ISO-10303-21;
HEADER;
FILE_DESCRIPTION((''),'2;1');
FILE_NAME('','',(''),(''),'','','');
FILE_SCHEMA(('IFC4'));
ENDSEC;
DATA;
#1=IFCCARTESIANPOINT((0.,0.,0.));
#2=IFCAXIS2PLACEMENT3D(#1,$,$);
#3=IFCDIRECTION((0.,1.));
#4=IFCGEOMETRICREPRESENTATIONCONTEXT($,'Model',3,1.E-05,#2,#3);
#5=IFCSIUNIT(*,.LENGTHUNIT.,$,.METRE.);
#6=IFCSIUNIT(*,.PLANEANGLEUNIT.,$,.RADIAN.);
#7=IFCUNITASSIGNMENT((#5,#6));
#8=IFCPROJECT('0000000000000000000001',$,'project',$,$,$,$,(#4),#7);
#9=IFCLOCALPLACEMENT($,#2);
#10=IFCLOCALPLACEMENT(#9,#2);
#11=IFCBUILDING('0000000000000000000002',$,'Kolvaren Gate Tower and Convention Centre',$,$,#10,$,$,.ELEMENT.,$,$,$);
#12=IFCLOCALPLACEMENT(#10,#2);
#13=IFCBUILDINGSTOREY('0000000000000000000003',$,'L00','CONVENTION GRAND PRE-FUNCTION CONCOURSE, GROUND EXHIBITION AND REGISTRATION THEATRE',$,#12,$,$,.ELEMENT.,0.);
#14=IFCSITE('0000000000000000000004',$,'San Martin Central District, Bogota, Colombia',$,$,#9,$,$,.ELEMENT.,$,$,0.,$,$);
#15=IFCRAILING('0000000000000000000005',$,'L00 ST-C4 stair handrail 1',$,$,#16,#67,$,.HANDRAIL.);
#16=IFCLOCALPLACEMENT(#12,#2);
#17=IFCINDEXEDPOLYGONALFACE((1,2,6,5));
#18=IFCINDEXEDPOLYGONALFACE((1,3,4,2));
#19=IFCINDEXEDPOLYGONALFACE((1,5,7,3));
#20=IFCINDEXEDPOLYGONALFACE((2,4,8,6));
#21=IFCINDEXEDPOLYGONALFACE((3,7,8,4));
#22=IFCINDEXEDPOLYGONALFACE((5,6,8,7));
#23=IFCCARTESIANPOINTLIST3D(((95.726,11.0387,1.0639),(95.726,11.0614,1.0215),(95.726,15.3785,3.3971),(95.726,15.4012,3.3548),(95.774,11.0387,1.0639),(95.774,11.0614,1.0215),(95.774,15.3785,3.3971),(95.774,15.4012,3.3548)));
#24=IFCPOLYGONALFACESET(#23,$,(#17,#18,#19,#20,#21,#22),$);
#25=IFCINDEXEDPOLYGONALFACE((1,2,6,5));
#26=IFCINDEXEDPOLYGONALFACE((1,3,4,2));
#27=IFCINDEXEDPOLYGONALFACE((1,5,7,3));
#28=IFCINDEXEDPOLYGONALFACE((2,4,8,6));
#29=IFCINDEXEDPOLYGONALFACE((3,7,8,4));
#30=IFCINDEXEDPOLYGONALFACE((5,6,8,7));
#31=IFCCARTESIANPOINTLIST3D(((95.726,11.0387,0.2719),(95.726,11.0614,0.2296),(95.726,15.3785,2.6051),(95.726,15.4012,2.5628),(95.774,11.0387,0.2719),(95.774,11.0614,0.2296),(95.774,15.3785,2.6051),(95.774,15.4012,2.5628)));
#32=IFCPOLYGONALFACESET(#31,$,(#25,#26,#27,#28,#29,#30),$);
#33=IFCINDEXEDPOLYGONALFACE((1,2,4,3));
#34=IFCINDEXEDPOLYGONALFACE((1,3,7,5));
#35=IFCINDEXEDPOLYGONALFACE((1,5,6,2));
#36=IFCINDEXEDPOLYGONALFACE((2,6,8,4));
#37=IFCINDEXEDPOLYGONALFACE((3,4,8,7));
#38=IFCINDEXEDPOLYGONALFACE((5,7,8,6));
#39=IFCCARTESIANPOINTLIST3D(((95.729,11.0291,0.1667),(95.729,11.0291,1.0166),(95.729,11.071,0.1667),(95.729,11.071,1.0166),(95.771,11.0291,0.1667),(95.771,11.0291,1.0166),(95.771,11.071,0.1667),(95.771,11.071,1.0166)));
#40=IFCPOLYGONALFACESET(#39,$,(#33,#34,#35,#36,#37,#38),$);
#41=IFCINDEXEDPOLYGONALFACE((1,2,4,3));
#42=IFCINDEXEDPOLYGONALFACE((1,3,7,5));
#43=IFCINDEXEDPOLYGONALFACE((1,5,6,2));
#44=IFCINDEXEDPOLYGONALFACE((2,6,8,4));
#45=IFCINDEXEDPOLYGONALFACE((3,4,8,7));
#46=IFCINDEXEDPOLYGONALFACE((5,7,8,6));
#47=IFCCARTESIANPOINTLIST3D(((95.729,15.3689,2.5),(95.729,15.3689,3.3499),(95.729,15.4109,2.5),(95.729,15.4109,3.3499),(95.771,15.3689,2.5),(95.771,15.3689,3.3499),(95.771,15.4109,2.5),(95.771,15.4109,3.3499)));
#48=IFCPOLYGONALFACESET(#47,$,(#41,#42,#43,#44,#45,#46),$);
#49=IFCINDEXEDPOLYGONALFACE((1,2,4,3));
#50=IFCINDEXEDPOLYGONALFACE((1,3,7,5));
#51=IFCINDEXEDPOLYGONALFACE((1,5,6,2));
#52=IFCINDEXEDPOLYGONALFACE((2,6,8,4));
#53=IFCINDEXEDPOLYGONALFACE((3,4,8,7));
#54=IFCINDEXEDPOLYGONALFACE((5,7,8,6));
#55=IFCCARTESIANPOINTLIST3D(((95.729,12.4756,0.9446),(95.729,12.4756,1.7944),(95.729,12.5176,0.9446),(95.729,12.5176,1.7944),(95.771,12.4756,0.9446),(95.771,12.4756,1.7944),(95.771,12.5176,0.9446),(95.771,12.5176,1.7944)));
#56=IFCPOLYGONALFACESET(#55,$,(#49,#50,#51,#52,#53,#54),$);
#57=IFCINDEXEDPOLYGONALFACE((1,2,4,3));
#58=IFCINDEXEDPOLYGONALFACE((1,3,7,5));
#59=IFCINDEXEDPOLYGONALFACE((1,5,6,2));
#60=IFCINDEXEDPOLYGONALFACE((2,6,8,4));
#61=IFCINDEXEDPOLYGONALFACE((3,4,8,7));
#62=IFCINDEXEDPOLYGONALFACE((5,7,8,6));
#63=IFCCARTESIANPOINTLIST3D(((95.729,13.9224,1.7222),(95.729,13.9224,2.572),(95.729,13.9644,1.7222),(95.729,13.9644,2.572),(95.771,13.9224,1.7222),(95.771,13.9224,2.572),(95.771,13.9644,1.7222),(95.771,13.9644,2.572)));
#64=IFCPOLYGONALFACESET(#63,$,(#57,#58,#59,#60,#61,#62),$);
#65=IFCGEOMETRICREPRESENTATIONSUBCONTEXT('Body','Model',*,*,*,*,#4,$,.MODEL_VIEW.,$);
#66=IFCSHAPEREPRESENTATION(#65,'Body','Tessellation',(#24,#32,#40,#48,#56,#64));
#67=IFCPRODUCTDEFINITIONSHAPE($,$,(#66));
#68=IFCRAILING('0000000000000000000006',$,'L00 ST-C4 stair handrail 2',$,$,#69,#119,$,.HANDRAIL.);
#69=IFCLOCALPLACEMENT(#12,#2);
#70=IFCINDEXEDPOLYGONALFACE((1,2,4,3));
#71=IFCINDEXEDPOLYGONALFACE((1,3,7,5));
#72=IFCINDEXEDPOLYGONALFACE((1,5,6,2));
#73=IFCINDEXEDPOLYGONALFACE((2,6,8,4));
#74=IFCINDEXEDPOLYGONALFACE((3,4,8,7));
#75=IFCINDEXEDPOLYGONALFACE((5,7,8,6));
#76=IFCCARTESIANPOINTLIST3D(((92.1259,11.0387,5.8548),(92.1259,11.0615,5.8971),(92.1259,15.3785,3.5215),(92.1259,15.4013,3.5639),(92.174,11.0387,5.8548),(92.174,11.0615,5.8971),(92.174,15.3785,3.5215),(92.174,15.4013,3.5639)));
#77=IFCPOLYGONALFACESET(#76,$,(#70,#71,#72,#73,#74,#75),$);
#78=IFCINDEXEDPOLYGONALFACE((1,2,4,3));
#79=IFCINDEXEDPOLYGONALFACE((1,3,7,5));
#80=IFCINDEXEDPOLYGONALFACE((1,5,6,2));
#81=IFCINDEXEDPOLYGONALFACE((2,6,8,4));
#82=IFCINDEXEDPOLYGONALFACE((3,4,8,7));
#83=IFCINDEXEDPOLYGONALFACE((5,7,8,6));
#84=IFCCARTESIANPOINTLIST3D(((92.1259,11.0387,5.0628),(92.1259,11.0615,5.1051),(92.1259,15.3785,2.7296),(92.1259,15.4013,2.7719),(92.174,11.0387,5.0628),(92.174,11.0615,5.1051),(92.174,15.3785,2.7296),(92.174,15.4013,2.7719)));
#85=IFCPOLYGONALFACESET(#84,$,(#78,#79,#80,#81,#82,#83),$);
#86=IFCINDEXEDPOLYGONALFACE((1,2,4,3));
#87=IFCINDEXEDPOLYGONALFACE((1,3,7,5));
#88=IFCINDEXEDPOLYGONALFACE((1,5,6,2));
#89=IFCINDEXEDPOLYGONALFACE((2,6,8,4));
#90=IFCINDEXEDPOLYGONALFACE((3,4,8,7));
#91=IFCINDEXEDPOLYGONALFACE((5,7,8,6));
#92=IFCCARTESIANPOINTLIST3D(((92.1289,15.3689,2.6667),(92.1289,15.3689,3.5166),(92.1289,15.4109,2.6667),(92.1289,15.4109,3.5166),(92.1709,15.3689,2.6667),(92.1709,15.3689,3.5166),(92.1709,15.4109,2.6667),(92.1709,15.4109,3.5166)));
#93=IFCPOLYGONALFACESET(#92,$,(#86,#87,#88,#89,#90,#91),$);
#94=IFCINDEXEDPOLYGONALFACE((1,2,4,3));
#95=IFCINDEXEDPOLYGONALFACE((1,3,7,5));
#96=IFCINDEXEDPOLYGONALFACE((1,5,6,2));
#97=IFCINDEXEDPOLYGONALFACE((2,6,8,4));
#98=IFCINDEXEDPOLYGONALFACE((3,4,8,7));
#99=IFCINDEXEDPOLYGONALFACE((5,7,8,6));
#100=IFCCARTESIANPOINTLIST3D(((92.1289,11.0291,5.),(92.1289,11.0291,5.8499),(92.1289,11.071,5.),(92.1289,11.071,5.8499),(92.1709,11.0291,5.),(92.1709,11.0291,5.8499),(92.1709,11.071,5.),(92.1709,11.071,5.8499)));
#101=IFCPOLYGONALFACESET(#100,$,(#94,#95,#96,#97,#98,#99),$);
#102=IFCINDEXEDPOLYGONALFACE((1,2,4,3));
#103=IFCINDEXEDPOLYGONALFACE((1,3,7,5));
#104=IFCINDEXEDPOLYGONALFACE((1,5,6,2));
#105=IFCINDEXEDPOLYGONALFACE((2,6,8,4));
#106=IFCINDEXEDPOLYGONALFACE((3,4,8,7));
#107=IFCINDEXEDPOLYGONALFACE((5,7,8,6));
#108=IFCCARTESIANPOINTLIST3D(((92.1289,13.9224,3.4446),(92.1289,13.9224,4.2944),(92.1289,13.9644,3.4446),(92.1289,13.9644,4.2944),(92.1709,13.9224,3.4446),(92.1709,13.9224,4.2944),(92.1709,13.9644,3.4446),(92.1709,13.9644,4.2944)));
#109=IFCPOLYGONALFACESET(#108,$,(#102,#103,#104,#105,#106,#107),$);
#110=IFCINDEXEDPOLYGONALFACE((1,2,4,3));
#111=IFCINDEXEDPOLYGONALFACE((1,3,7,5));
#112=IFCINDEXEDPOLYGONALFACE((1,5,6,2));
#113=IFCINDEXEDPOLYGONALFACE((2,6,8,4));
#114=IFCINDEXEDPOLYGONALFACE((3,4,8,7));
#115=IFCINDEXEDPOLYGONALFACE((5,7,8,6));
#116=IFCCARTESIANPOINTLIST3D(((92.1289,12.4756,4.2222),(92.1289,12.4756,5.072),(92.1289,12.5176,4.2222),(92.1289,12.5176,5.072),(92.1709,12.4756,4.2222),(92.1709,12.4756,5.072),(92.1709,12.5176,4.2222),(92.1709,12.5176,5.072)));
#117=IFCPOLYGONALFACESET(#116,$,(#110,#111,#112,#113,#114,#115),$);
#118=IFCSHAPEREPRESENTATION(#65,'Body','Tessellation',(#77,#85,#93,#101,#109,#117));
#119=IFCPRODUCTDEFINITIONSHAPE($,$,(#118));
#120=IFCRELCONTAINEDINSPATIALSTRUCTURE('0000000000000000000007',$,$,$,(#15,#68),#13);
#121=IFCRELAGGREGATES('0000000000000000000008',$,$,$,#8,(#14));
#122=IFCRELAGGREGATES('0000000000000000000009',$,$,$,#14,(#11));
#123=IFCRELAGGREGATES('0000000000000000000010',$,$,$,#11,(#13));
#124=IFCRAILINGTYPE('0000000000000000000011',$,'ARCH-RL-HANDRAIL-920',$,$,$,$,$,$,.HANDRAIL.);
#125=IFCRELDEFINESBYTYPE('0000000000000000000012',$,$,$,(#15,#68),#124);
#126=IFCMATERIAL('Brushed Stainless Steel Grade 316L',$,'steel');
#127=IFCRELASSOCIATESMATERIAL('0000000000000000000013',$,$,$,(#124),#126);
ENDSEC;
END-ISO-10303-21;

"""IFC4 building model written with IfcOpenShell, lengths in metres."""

from ifc_helpers import new_model, si_unit, direction, frame, origin, origin_2d, place, context, subcontext, project, spatial, rectangle, extrude, material, type_object, element, save


model = new_model("IFC4")

# Units and contexts
model_context = context("Model", 3, precision=1e-05, world=origin(), true_north=direction((0.0, 1.0)))
body_context = subcontext(model_context, "Body", "Model", "MODEL_VIEW")
ifc_project = project(units=[si_unit("LENGTHUNIT", "METRE"), si_unit("PLANEANGLEUNIT", "RADIAN")], contexts=[model_context])

# Site, building, storey
site_placement = place(None, origin())
site = spatial("IfcSite", under=ifc_project, at=site_placement, Name="San Martin Central District, Bogota, Colombia", CompositionType="ELEMENT", RefElevation=0.0)
building_placement = place(site_placement, origin())
building = spatial("IfcBuilding", under=site, at=building_placement, Name="Kolvaren Gate Tower and Convention Centre", CompositionType="ELEMENT")
storey_placement = place(building_placement, origin())
storey = spatial("IfcBuildingStorey", under=building, at=storey_placement, Name="L00", Description="CONVENTION GRAND PRE-FUNCTION CONCOURSE, GROUND EXHIBITION AND REGISTRATION THEATRE", CompositionType="ELEMENT", Elevation=0.0)

# Railings
ifc_material_1 = material(Name="Brushed Stainless Steel Grade 316L", Category="steel")
railing_type_1 = type_object("IfcRailingType", Name="ARCH-RL-HANDRAIL-920", PredefinedType="HANDRAIL", material=ifc_material_1)
railing_1_placement = place(storey_placement, frame((95.75, 11.05, 0.1667)))
element("IfcRailing", 1, at=railing_1_placement, inside=storey, type_object=railing_type_1, Name="L00 ST-C4 stair handrail 1", PredefinedType="HANDRAIL", context=body_context, shape_type="SweptSolid", body=[
    extrude(rectangle(XDim=0.0481, YDim=0.0481, at=origin_2d()), frame((0.0, 0.0, 0.876), z_axis=(0.0, 0.880775, 0.473535), x_axis=(-1.0, 0.0, 0.0)), (0.0, 0.0, 1.0), 4.9272),
    extrude(rectangle(XDim=0.0481, YDim=0.0481, at=origin_2d()), frame((0.0, 0.0, 0.084), z_axis=(0.0, 0.880775, 0.473535), x_axis=(-1.0, 0.0, 0.0)), (0.0, 0.0, 1.0), 4.9272),
    extrude(rectangle(XDim=0.042, YDim=0.042, at=origin_2d()), origin(), (0.0, 0.0, 1.0), 0.8499),
    extrude(rectangle(XDim=0.042, YDim=0.042, at=origin_2d()), frame((0.0, 4.3398, 2.3333)), (0.0, 0.0, 1.0), 0.8499),
    extrude(rectangle(XDim=0.042, YDim=0.042, at=origin_2d()), frame((0.0, 1.4465, 0.7778)), (0.0, 0.0, 1.0), 0.8499),
    extrude(rectangle(XDim=0.042, YDim=0.042, at=origin_2d()), frame((0.0, 2.8933, 1.5554)), (0.0, 0.0, 1.0), 0.8499),
])
railing_2_placement = place(storey_placement, frame((92.1499, 15.3899, 2.6667)))
element("IfcRailing", 2, at=railing_2_placement, inside=storey, type_object=railing_type_1, Name="L00 ST-C4 stair handrail 2", PredefinedType="HANDRAIL", context=body_context, shape_type="SweptSolid", body=[
    extrude(rectangle(XDim=0.0481, YDim=0.0481, at=origin_2d()), frame((0.0, 0.0, 0.876), z_axis=(0.0, -0.880775, 0.473535), x_axis=(1.0, 0.0, 0.0)), (0.0, 0.0, 1.0), 4.9272),
    extrude(rectangle(XDim=0.0481, YDim=0.0481, at=origin_2d()), frame((0.0, 0.0, 0.084), z_axis=(0.0, -0.880775, 0.473535), x_axis=(1.0, 0.0, 0.0)), (0.0, 0.0, 1.0), 4.9272),
    extrude(rectangle(XDim=0.042, YDim=0.042, at=origin_2d()), origin(), (0.0, 0.0, 1.0), 0.8499),
    extrude(rectangle(XDim=0.042, YDim=0.042, at=origin_2d()), frame((0.0, -4.3398, 2.3333)), (0.0, 0.0, 1.0), 0.8499),
    extrude(rectangle(XDim=0.042, YDim=0.042, at=origin_2d()), frame((0.0, -1.4465, 0.7778)), (0.0, 0.0, 1.0), 0.8499),
    extrude(rectangle(XDim=0.042, YDim=0.042, at=origin_2d()), frame((0.0, -2.8933, 1.5554)), (0.0, 0.0, 1.0), 0.8499),
])

save(model, "model.ifc")
